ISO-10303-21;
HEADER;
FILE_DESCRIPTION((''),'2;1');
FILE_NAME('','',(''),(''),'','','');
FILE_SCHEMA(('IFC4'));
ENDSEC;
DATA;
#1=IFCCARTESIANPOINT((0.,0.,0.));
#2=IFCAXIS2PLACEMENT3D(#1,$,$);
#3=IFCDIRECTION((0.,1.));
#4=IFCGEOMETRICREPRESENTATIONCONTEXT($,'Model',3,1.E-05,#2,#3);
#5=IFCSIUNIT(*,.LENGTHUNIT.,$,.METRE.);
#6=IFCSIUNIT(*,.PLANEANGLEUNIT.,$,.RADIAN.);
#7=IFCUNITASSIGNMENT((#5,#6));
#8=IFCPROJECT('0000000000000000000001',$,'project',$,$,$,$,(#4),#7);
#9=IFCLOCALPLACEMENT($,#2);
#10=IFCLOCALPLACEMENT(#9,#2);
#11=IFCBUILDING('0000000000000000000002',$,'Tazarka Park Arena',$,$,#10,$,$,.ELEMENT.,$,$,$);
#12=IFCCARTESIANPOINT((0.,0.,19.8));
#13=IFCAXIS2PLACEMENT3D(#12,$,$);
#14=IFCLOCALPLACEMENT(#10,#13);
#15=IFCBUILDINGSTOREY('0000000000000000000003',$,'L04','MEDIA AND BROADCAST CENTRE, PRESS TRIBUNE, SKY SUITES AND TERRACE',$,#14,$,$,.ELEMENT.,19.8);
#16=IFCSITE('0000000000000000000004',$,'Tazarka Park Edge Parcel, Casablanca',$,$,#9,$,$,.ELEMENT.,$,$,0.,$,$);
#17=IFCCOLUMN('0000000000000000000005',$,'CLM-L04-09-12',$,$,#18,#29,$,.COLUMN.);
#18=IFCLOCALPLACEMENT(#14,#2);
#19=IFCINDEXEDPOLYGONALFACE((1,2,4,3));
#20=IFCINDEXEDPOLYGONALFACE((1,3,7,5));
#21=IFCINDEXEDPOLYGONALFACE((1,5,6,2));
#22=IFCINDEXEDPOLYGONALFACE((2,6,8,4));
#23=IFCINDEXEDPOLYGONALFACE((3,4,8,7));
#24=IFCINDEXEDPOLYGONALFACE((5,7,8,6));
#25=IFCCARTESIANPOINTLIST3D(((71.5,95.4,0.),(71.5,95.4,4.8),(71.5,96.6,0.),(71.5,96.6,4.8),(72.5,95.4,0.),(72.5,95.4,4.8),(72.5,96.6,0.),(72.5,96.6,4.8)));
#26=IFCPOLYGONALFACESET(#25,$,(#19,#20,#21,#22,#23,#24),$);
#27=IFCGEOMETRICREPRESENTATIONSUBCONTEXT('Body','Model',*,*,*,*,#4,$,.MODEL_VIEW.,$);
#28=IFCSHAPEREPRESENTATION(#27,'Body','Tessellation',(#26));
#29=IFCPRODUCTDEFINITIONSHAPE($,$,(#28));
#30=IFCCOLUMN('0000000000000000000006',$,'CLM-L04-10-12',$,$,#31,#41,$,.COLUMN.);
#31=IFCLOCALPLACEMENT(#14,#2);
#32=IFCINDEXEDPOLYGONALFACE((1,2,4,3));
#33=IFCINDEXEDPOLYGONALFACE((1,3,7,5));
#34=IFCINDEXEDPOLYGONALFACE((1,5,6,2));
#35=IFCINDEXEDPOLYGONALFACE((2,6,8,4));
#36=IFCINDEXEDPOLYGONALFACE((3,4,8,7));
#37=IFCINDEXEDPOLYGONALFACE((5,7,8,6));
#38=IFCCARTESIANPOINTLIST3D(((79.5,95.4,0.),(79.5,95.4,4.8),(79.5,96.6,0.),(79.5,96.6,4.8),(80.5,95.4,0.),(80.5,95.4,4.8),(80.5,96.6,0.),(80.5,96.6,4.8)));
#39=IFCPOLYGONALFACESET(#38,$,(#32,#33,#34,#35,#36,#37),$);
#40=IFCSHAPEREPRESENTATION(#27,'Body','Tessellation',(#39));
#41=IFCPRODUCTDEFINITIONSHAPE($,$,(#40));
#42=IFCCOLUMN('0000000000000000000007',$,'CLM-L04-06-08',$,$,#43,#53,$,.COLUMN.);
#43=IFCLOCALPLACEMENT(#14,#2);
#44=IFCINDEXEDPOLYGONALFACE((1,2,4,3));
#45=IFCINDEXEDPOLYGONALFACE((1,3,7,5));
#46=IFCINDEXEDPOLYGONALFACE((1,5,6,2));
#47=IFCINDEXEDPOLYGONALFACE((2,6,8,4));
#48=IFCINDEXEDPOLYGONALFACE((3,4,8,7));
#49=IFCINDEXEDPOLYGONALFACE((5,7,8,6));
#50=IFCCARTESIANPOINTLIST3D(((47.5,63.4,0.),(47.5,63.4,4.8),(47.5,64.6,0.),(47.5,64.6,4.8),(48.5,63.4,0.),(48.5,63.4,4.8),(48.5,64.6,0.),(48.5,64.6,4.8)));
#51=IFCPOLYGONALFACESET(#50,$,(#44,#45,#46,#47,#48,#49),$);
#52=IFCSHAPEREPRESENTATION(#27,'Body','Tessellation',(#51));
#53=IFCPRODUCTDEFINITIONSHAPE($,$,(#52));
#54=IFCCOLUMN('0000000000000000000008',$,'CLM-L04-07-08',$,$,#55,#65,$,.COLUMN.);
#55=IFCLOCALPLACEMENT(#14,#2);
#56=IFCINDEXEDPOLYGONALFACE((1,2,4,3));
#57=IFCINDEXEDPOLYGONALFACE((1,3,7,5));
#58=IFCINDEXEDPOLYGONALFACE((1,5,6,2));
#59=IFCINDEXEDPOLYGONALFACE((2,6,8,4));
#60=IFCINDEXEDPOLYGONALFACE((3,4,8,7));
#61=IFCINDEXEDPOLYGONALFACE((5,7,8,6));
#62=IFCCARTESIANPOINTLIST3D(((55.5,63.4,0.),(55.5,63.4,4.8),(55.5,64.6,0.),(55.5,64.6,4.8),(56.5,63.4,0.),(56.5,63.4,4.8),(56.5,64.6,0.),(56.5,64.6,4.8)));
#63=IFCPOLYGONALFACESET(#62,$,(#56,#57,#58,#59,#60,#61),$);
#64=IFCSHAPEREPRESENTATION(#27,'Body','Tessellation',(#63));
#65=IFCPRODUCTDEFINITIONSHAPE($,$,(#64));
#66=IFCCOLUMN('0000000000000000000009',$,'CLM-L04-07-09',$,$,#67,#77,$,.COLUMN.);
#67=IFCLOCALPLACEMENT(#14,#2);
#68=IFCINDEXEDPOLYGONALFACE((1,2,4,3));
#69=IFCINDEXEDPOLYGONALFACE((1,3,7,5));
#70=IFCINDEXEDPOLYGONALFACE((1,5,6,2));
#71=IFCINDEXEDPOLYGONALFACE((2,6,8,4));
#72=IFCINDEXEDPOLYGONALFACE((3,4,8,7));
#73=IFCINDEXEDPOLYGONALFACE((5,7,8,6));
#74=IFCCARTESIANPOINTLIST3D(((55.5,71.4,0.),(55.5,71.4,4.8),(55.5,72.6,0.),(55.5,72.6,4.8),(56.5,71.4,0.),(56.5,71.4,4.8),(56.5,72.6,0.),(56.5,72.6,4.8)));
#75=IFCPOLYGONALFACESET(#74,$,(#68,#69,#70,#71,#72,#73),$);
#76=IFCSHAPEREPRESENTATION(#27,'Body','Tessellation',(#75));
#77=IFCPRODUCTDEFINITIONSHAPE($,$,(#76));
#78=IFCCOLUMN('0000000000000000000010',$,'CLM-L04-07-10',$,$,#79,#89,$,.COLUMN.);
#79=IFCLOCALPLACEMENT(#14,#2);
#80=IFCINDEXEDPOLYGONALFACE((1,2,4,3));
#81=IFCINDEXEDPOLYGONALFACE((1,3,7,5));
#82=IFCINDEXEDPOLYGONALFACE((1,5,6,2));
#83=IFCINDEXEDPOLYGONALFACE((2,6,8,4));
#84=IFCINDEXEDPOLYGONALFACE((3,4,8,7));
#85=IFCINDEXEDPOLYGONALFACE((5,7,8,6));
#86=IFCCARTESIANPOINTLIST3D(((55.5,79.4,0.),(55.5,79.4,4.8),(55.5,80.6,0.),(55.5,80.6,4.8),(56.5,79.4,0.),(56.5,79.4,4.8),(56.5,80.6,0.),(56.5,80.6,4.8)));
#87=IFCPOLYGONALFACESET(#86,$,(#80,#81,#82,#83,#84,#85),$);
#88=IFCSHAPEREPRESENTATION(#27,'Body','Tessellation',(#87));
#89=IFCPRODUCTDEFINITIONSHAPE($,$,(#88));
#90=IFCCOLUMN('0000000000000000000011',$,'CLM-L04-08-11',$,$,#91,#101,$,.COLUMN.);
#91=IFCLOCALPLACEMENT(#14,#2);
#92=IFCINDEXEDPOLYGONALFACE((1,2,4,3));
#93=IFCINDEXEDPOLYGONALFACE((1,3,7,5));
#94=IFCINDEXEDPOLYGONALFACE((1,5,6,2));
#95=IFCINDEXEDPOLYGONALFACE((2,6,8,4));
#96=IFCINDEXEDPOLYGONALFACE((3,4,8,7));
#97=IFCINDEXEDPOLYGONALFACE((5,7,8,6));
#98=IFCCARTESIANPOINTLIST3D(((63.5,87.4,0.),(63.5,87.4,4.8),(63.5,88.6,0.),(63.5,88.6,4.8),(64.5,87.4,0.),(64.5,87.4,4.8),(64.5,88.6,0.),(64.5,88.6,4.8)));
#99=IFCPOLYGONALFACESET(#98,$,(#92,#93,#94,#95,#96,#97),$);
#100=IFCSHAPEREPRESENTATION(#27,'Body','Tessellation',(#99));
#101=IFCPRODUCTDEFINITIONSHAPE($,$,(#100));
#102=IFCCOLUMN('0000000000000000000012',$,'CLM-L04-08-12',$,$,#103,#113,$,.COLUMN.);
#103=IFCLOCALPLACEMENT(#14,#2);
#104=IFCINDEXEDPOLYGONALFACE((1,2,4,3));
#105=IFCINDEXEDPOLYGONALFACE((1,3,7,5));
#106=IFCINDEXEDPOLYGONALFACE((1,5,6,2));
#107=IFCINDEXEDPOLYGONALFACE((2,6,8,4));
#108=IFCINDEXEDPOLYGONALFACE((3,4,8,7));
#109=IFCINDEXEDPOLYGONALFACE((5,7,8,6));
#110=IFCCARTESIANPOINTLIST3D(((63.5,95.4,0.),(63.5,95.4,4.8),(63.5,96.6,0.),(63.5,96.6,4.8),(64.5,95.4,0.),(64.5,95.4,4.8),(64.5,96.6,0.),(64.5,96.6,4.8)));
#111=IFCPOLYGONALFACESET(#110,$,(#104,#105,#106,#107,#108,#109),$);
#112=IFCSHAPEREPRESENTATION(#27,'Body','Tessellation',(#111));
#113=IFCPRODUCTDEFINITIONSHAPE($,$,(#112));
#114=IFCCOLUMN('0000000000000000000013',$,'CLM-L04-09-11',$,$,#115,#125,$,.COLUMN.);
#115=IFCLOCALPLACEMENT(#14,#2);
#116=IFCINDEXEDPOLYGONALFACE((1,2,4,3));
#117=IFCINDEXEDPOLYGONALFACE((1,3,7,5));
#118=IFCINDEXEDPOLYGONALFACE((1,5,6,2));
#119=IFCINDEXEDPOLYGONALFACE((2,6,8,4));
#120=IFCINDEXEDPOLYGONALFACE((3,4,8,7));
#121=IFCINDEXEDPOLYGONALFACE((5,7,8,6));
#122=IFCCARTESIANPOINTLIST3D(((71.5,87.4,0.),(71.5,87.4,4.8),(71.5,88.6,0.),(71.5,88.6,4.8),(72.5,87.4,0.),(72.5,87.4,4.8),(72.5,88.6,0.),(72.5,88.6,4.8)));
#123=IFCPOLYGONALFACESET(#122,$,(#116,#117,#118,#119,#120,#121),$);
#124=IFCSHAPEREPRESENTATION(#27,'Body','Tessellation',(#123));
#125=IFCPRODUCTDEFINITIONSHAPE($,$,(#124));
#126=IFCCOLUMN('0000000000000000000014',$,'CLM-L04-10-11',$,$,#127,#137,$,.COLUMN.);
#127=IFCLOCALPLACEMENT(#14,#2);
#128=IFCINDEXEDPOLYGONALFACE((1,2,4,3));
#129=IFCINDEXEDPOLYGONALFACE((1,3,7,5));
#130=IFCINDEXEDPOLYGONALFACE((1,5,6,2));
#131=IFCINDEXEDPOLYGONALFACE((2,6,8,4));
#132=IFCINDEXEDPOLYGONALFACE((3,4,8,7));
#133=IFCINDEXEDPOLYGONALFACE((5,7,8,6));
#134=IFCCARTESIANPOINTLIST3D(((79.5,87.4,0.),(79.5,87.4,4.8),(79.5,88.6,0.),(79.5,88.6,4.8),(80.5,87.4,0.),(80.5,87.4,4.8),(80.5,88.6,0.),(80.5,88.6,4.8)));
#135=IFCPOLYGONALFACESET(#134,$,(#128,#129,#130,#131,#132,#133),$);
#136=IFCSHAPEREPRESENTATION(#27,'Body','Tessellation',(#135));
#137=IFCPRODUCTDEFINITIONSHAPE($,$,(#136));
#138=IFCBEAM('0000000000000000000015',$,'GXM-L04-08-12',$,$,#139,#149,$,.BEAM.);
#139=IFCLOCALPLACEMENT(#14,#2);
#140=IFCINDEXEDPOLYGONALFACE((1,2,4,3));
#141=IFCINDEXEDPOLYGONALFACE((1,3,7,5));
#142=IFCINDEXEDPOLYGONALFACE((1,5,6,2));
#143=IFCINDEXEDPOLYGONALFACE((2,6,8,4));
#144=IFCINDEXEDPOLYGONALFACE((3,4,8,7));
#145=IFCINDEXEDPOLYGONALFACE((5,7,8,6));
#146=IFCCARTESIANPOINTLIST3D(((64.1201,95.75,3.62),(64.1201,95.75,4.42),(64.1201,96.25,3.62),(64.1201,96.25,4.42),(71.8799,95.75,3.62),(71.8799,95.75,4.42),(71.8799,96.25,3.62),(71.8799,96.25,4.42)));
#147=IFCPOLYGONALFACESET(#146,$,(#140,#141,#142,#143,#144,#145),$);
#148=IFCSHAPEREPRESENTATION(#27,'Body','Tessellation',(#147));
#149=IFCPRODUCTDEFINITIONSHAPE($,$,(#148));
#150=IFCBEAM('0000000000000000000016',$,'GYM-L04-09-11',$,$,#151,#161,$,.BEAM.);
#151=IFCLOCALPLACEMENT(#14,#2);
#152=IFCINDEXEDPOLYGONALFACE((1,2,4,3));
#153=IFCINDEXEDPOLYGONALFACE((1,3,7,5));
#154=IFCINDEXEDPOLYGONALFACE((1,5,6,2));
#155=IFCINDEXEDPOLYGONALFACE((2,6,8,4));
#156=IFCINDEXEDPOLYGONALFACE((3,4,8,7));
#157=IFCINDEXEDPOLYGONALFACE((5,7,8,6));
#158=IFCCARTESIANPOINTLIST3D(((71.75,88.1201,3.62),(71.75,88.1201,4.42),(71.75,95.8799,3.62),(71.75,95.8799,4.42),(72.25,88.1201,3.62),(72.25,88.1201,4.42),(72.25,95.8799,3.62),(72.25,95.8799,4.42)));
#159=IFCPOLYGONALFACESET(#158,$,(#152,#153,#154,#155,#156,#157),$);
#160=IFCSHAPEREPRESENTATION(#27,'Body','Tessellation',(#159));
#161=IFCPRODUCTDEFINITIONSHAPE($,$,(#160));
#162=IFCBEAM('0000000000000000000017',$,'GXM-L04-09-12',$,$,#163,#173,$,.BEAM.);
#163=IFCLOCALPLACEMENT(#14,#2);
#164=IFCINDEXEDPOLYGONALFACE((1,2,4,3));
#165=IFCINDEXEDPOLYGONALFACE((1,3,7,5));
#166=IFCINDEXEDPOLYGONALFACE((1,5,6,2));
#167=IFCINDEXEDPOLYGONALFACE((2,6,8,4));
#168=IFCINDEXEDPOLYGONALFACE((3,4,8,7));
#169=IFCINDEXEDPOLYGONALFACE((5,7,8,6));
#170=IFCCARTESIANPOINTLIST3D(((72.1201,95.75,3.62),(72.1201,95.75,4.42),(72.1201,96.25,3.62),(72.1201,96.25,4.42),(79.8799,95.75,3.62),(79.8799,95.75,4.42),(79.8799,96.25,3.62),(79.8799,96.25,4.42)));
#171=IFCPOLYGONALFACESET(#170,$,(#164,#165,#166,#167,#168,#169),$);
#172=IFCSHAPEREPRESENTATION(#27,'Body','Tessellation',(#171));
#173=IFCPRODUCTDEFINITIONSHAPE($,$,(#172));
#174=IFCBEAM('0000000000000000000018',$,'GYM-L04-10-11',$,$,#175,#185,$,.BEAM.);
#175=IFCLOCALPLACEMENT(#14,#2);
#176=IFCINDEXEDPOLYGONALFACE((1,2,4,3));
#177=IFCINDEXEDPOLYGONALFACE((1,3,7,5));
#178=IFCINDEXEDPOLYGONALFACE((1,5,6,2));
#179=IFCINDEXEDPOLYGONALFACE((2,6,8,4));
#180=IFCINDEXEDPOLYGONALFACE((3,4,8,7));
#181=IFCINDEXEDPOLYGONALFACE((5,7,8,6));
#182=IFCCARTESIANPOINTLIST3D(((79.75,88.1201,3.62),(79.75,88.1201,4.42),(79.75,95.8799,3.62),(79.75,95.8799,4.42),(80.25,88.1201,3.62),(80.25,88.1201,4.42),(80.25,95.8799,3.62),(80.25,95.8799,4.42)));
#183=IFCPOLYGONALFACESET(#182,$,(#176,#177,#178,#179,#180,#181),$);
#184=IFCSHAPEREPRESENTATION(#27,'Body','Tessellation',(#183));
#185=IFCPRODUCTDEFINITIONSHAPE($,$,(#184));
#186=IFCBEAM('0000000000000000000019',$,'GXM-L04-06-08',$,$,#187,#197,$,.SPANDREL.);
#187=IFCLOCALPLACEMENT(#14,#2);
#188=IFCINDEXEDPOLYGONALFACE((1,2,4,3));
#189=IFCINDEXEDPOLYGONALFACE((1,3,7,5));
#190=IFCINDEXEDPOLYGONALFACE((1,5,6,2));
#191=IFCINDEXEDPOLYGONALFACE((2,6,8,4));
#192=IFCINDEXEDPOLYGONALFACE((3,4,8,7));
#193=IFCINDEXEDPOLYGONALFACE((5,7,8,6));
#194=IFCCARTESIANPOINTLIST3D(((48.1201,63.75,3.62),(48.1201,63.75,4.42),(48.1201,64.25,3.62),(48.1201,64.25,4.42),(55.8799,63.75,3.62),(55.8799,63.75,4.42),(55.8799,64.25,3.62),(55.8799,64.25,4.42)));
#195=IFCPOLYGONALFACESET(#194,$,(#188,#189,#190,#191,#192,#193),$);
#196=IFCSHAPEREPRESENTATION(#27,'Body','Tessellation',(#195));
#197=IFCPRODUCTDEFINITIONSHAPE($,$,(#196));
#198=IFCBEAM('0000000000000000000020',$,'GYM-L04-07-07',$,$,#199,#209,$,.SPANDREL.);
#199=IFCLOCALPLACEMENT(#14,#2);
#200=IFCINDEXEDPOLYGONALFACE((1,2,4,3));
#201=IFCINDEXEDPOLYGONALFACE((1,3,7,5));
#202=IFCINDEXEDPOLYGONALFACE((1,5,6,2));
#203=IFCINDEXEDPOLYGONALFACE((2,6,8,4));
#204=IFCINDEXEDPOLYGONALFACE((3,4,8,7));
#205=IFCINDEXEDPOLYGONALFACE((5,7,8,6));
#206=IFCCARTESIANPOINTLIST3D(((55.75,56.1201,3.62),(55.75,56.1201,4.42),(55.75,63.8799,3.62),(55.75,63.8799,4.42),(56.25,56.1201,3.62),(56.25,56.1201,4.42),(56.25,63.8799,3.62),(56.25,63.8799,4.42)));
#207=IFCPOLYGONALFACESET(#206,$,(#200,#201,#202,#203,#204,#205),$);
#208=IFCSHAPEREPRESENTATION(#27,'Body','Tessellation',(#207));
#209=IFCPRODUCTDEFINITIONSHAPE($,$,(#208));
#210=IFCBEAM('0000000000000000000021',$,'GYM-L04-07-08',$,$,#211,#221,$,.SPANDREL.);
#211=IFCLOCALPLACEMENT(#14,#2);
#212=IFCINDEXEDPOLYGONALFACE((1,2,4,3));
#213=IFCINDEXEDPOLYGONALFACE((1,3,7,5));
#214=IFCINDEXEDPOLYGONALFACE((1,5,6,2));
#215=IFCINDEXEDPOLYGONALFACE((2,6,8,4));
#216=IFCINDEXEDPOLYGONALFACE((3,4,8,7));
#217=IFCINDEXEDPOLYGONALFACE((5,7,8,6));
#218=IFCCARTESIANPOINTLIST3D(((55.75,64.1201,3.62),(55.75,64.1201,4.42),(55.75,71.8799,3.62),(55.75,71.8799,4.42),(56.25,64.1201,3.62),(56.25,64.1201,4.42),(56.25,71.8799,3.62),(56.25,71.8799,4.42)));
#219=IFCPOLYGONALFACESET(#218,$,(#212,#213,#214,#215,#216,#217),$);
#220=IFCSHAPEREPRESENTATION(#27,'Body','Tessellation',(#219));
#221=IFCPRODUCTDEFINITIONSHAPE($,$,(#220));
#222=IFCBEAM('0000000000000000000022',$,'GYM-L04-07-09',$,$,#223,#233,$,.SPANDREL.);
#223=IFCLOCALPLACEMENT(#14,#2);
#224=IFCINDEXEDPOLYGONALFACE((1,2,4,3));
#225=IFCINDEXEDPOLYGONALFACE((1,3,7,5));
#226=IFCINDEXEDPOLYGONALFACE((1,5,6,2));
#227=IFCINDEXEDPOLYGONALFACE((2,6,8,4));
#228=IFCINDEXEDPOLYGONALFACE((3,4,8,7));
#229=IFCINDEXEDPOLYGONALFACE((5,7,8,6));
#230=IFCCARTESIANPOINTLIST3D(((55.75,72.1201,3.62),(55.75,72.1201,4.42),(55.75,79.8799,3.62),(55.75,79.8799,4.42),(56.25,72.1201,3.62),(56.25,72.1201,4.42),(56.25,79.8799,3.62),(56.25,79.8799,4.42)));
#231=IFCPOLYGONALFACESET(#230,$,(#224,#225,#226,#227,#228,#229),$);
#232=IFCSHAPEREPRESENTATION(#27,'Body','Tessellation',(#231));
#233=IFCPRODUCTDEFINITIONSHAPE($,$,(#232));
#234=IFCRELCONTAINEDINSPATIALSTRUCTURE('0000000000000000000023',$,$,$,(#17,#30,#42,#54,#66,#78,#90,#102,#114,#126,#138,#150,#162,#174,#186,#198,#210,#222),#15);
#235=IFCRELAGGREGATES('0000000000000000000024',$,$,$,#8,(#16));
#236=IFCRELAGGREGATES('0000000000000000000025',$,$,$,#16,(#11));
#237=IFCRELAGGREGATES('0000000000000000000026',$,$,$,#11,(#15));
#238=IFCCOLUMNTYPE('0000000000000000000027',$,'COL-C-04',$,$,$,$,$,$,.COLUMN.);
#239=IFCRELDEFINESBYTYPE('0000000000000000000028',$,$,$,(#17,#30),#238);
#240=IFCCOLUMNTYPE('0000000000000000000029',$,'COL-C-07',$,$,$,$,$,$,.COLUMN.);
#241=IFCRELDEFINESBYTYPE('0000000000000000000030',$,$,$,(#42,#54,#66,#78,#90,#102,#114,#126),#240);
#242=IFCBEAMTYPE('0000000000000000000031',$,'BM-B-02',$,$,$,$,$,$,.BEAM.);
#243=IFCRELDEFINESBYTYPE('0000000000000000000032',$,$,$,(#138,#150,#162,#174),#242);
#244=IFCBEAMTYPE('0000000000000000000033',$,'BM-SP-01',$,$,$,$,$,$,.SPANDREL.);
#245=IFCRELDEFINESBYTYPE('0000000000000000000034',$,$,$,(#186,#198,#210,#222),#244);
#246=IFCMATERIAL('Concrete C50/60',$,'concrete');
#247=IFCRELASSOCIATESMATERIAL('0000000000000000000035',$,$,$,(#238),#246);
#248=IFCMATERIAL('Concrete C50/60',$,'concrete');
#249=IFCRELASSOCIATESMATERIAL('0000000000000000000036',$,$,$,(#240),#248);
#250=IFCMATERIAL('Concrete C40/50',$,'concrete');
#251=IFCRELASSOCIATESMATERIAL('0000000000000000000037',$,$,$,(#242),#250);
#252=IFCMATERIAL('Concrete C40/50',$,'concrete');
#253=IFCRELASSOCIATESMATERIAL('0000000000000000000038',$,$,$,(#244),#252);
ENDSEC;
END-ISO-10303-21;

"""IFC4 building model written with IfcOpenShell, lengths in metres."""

from ifc_helpers import new_model, si_unit, direction, frame, origin, origin_2d, place, context, subcontext, project, spatial, rectangle, extrude, material, material_profile, profile_set, type_object, element, save


model = new_model("IFC4")

# Units and contexts
model_context = context("Model", 3, precision=1e-05, world=origin(), true_north=direction((0.0, 1.0)))
body_context = subcontext(model_context, "Body", "Model", "MODEL_VIEW")
ifc_project = project(units=[si_unit("LENGTHUNIT", "METRE"), si_unit("PLANEANGLEUNIT", "RADIAN")], contexts=[model_context])

# Site, building, storey
site_placement = place(None, origin())
site = spatial("IfcSite", under=ifc_project, at=site_placement, Name="Tazarka Park Edge Parcel, Casablanca", CompositionType="ELEMENT", RefElevation=0.0)
building_placement = place(site_placement, origin())
building = spatial("IfcBuilding", under=site, at=building_placement, Name="Tazarka Park Arena", CompositionType="ELEMENT")
storey_placement = place(building_placement, frame((0.0, 0.0, 19.8)))
storey = spatial("IfcBuildingStorey", under=building, at=storey_placement, Name="L04", Description="MEDIA AND BROADCAST CENTRE, PRESS TRIBUNE, SKY SUITES AND TERRACE", CompositionType="ELEMENT", Elevation=19.8)

# Columns
ifc_material_1 = material(Name="Concrete C50/60", Category="concrete")
ifc_material_profile_1 = material_profile(ifc_material_1, rectangle(XDim=1.0, YDim=1.2, at=origin_2d()), Name="Concrete C50/60")
ifc_profile_set_1 = profile_set([ifc_material_profile_1], Name="Concrete C50/60")
column_type_1 = type_object("IfcColumnType", Name="COL-C-04", PredefinedType="COLUMN", material=ifc_profile_set_1)
for number, where, z_axis, x_axis, name in (
    (1, (72.0, 96.0, 0.0), (0.0, 0.0, 1.0), (1.0, 0.0, 0.0), "CLM-L04-09-12"),
    (2, (80.0, 96.0, 0.0), (0.0, 0.0, 1.0), (1.0, 0.0, 0.0), "CLM-L04-10-12"),
):
    element("IfcColumn", number, at=place(storey_placement, frame(where, z_axis=z_axis, x_axis=x_axis)), inside=storey, type_object=column_type_1, Name=name, PredefinedType="COLUMN", context=body_context, shape_type="SweptSolid", body=[
        extrude(rectangle(XDim=1.0, YDim=1.2, at=origin_2d()), origin(), (0.0, 0.0, 1.0), 4.8),
    ])
ifc_material_2 = material(Name="Concrete C50/60", Category="concrete")
ifc_material_profile_2 = material_profile(ifc_material_2, rectangle(XDim=1.0, YDim=1.2, at=origin_2d()), Name="Concrete C50/60")
ifc_profile_set_2 = profile_set([ifc_material_profile_2], Name="Concrete C50/60")
column_type_2 = type_object("IfcColumnType", Name="COL-C-07", PredefinedType="COLUMN", material=ifc_profile_set_2)
for number, where, z_axis, x_axis, name in (
    (3, (48.0, 64.0, 0.0), (0.0, 0.0, 1.0), (1.0, 0.0, 0.0), "CLM-L04-06-08"),
    (4, (56.0, 64.0, 0.0), (0.0, 0.0, 1.0), (1.0, 0.0, 0.0), "CLM-L04-07-08"),
    (5, (56.0, 72.0, 0.0), (0.0, 0.0, 1.0), (1.0, 0.0, 0.0), "CLM-L04-07-09"),
    (6, (56.0, 80.0, 0.0), (0.0, 0.0, 1.0), (1.0, 0.0, 0.0), "CLM-L04-07-10"),
    (7, (64.0, 88.0, 0.0), (0.0, 0.0, 1.0), (1.0, 0.0, 0.0), "CLM-L04-08-11"),
    (8, (64.0, 96.0, 0.0), (0.0, 0.0, 1.0), (1.0, 0.0, 0.0), "CLM-L04-08-12"),
    (9, (72.0, 88.0, 0.0), (0.0, 0.0, 1.0), (1.0, 0.0, 0.0), "CLM-L04-09-11"),
    (10, (80.0, 88.0, 0.0), (0.0, 0.0, 1.0), (1.0, 0.0, 0.0), "CLM-L04-10-11"),
):
    element("IfcColumn", number, at=place(storey_placement, frame(where, z_axis=z_axis, x_axis=x_axis)), inside=storey, type_object=column_type_2, Name=name, PredefinedType="COLUMN", context=body_context, shape_type="SweptSolid", body=[
        extrude(rectangle(XDim=1.0, YDim=1.2, at=origin_2d()), origin(), (0.0, 0.0, 1.0), 4.8),
    ])

# Beams
ifc_material_3 = material(Name="Concrete C40/50", Category="concrete")
ifc_material_profile_3 = material_profile(ifc_material_3, rectangle(XDim=0.5, YDim=0.8, at=origin_2d()), Name="Concrete C40/50")
ifc_profile_set_3 = profile_set([ifc_material_profile_3], Name="Concrete C40/50")
beam_type_1 = type_object("IfcBeamType", Name="BM-B-02", PredefinedType="BEAM", material=ifc_profile_set_3)
for number, where, z_axis, x_axis, name in (
    (11, (64.1201, 96.0, 4.02), (1.0, 0.0, 0.0), (0.0, 1.0, 0.0), "GXM-L04-08-12"),
    (12, (72.0, 88.1201, 4.02), (0.0, 1.0, 0.0), (-1.0, 0.0, 0.0), "GYM-L04-09-11"),
    (13, (72.1201, 96.0, 4.02), (1.0, 0.0, 0.0), (0.0, 1.0, 0.0), "GXM-L04-09-12"),
    (14, (80.0, 88.1201, 4.02), (0.0, 1.0, 0.0), (-1.0, 0.0, 0.0), "GYM-L04-10-11"),
):
    element("IfcBeam", number, at=place(storey_placement, frame(where, z_axis=z_axis, x_axis=x_axis)), inside=storey, type_object=beam_type_1, Name=name, PredefinedType="BEAM", context=body_context, shape_type="SweptSolid", body=[
        extrude(rectangle(XDim=0.5, YDim=0.8, at=origin_2d()), origin(), (0.0, 0.0, 1.0), 7.7598),
    ])
ifc_material_4 = material(Name="Concrete C40/50", Category="concrete")
ifc_material_profile_4 = material_profile(ifc_material_4, rectangle(XDim=0.5, YDim=0.8, at=origin_2d()), Name="Concrete C40/50")
ifc_profile_set_4 = profile_set([ifc_material_profile_4], Name="Concrete C40/50")
beam_type_2 = type_object("IfcBeamType", Name="BM-SP-01", PredefinedType="SPANDREL", material=ifc_profile_set_4)
for number, where, z_axis, x_axis, name in (
    (15, (48.1201, 64.0, 4.02), (1.0, 0.0, 0.0), (0.0, 1.0, 0.0), "GXM-L04-06-08"),
    (16, (56.0, 56.1201, 4.02), (0.0, 1.0, 0.0), (-1.0, 0.0, 0.0), "GYM-L04-07-07"),
    (17, (56.0, 64.1201, 4.02), (0.0, 1.0, 0.0), (-1.0, 0.0, 0.0), "GYM-L04-07-08"),
    (18, (56.0, 72.1201, 4.02), (0.0, 1.0, 0.0), (-1.0, 0.0, 0.0), "GYM-L04-07-09"),
):
    element("IfcBeam", number, at=place(storey_placement, frame(where, z_axis=z_axis, x_axis=x_axis)), inside=storey, type_object=beam_type_2, Name=name, PredefinedType="SPANDREL", context=body_context, shape_type="SweptSolid", body=[
        extrude(rectangle(XDim=0.5, YDim=0.8, at=origin_2d()), origin(), (0.0, 0.0, 1.0), 7.7598),
    ])

save(model, "model.ifc")
